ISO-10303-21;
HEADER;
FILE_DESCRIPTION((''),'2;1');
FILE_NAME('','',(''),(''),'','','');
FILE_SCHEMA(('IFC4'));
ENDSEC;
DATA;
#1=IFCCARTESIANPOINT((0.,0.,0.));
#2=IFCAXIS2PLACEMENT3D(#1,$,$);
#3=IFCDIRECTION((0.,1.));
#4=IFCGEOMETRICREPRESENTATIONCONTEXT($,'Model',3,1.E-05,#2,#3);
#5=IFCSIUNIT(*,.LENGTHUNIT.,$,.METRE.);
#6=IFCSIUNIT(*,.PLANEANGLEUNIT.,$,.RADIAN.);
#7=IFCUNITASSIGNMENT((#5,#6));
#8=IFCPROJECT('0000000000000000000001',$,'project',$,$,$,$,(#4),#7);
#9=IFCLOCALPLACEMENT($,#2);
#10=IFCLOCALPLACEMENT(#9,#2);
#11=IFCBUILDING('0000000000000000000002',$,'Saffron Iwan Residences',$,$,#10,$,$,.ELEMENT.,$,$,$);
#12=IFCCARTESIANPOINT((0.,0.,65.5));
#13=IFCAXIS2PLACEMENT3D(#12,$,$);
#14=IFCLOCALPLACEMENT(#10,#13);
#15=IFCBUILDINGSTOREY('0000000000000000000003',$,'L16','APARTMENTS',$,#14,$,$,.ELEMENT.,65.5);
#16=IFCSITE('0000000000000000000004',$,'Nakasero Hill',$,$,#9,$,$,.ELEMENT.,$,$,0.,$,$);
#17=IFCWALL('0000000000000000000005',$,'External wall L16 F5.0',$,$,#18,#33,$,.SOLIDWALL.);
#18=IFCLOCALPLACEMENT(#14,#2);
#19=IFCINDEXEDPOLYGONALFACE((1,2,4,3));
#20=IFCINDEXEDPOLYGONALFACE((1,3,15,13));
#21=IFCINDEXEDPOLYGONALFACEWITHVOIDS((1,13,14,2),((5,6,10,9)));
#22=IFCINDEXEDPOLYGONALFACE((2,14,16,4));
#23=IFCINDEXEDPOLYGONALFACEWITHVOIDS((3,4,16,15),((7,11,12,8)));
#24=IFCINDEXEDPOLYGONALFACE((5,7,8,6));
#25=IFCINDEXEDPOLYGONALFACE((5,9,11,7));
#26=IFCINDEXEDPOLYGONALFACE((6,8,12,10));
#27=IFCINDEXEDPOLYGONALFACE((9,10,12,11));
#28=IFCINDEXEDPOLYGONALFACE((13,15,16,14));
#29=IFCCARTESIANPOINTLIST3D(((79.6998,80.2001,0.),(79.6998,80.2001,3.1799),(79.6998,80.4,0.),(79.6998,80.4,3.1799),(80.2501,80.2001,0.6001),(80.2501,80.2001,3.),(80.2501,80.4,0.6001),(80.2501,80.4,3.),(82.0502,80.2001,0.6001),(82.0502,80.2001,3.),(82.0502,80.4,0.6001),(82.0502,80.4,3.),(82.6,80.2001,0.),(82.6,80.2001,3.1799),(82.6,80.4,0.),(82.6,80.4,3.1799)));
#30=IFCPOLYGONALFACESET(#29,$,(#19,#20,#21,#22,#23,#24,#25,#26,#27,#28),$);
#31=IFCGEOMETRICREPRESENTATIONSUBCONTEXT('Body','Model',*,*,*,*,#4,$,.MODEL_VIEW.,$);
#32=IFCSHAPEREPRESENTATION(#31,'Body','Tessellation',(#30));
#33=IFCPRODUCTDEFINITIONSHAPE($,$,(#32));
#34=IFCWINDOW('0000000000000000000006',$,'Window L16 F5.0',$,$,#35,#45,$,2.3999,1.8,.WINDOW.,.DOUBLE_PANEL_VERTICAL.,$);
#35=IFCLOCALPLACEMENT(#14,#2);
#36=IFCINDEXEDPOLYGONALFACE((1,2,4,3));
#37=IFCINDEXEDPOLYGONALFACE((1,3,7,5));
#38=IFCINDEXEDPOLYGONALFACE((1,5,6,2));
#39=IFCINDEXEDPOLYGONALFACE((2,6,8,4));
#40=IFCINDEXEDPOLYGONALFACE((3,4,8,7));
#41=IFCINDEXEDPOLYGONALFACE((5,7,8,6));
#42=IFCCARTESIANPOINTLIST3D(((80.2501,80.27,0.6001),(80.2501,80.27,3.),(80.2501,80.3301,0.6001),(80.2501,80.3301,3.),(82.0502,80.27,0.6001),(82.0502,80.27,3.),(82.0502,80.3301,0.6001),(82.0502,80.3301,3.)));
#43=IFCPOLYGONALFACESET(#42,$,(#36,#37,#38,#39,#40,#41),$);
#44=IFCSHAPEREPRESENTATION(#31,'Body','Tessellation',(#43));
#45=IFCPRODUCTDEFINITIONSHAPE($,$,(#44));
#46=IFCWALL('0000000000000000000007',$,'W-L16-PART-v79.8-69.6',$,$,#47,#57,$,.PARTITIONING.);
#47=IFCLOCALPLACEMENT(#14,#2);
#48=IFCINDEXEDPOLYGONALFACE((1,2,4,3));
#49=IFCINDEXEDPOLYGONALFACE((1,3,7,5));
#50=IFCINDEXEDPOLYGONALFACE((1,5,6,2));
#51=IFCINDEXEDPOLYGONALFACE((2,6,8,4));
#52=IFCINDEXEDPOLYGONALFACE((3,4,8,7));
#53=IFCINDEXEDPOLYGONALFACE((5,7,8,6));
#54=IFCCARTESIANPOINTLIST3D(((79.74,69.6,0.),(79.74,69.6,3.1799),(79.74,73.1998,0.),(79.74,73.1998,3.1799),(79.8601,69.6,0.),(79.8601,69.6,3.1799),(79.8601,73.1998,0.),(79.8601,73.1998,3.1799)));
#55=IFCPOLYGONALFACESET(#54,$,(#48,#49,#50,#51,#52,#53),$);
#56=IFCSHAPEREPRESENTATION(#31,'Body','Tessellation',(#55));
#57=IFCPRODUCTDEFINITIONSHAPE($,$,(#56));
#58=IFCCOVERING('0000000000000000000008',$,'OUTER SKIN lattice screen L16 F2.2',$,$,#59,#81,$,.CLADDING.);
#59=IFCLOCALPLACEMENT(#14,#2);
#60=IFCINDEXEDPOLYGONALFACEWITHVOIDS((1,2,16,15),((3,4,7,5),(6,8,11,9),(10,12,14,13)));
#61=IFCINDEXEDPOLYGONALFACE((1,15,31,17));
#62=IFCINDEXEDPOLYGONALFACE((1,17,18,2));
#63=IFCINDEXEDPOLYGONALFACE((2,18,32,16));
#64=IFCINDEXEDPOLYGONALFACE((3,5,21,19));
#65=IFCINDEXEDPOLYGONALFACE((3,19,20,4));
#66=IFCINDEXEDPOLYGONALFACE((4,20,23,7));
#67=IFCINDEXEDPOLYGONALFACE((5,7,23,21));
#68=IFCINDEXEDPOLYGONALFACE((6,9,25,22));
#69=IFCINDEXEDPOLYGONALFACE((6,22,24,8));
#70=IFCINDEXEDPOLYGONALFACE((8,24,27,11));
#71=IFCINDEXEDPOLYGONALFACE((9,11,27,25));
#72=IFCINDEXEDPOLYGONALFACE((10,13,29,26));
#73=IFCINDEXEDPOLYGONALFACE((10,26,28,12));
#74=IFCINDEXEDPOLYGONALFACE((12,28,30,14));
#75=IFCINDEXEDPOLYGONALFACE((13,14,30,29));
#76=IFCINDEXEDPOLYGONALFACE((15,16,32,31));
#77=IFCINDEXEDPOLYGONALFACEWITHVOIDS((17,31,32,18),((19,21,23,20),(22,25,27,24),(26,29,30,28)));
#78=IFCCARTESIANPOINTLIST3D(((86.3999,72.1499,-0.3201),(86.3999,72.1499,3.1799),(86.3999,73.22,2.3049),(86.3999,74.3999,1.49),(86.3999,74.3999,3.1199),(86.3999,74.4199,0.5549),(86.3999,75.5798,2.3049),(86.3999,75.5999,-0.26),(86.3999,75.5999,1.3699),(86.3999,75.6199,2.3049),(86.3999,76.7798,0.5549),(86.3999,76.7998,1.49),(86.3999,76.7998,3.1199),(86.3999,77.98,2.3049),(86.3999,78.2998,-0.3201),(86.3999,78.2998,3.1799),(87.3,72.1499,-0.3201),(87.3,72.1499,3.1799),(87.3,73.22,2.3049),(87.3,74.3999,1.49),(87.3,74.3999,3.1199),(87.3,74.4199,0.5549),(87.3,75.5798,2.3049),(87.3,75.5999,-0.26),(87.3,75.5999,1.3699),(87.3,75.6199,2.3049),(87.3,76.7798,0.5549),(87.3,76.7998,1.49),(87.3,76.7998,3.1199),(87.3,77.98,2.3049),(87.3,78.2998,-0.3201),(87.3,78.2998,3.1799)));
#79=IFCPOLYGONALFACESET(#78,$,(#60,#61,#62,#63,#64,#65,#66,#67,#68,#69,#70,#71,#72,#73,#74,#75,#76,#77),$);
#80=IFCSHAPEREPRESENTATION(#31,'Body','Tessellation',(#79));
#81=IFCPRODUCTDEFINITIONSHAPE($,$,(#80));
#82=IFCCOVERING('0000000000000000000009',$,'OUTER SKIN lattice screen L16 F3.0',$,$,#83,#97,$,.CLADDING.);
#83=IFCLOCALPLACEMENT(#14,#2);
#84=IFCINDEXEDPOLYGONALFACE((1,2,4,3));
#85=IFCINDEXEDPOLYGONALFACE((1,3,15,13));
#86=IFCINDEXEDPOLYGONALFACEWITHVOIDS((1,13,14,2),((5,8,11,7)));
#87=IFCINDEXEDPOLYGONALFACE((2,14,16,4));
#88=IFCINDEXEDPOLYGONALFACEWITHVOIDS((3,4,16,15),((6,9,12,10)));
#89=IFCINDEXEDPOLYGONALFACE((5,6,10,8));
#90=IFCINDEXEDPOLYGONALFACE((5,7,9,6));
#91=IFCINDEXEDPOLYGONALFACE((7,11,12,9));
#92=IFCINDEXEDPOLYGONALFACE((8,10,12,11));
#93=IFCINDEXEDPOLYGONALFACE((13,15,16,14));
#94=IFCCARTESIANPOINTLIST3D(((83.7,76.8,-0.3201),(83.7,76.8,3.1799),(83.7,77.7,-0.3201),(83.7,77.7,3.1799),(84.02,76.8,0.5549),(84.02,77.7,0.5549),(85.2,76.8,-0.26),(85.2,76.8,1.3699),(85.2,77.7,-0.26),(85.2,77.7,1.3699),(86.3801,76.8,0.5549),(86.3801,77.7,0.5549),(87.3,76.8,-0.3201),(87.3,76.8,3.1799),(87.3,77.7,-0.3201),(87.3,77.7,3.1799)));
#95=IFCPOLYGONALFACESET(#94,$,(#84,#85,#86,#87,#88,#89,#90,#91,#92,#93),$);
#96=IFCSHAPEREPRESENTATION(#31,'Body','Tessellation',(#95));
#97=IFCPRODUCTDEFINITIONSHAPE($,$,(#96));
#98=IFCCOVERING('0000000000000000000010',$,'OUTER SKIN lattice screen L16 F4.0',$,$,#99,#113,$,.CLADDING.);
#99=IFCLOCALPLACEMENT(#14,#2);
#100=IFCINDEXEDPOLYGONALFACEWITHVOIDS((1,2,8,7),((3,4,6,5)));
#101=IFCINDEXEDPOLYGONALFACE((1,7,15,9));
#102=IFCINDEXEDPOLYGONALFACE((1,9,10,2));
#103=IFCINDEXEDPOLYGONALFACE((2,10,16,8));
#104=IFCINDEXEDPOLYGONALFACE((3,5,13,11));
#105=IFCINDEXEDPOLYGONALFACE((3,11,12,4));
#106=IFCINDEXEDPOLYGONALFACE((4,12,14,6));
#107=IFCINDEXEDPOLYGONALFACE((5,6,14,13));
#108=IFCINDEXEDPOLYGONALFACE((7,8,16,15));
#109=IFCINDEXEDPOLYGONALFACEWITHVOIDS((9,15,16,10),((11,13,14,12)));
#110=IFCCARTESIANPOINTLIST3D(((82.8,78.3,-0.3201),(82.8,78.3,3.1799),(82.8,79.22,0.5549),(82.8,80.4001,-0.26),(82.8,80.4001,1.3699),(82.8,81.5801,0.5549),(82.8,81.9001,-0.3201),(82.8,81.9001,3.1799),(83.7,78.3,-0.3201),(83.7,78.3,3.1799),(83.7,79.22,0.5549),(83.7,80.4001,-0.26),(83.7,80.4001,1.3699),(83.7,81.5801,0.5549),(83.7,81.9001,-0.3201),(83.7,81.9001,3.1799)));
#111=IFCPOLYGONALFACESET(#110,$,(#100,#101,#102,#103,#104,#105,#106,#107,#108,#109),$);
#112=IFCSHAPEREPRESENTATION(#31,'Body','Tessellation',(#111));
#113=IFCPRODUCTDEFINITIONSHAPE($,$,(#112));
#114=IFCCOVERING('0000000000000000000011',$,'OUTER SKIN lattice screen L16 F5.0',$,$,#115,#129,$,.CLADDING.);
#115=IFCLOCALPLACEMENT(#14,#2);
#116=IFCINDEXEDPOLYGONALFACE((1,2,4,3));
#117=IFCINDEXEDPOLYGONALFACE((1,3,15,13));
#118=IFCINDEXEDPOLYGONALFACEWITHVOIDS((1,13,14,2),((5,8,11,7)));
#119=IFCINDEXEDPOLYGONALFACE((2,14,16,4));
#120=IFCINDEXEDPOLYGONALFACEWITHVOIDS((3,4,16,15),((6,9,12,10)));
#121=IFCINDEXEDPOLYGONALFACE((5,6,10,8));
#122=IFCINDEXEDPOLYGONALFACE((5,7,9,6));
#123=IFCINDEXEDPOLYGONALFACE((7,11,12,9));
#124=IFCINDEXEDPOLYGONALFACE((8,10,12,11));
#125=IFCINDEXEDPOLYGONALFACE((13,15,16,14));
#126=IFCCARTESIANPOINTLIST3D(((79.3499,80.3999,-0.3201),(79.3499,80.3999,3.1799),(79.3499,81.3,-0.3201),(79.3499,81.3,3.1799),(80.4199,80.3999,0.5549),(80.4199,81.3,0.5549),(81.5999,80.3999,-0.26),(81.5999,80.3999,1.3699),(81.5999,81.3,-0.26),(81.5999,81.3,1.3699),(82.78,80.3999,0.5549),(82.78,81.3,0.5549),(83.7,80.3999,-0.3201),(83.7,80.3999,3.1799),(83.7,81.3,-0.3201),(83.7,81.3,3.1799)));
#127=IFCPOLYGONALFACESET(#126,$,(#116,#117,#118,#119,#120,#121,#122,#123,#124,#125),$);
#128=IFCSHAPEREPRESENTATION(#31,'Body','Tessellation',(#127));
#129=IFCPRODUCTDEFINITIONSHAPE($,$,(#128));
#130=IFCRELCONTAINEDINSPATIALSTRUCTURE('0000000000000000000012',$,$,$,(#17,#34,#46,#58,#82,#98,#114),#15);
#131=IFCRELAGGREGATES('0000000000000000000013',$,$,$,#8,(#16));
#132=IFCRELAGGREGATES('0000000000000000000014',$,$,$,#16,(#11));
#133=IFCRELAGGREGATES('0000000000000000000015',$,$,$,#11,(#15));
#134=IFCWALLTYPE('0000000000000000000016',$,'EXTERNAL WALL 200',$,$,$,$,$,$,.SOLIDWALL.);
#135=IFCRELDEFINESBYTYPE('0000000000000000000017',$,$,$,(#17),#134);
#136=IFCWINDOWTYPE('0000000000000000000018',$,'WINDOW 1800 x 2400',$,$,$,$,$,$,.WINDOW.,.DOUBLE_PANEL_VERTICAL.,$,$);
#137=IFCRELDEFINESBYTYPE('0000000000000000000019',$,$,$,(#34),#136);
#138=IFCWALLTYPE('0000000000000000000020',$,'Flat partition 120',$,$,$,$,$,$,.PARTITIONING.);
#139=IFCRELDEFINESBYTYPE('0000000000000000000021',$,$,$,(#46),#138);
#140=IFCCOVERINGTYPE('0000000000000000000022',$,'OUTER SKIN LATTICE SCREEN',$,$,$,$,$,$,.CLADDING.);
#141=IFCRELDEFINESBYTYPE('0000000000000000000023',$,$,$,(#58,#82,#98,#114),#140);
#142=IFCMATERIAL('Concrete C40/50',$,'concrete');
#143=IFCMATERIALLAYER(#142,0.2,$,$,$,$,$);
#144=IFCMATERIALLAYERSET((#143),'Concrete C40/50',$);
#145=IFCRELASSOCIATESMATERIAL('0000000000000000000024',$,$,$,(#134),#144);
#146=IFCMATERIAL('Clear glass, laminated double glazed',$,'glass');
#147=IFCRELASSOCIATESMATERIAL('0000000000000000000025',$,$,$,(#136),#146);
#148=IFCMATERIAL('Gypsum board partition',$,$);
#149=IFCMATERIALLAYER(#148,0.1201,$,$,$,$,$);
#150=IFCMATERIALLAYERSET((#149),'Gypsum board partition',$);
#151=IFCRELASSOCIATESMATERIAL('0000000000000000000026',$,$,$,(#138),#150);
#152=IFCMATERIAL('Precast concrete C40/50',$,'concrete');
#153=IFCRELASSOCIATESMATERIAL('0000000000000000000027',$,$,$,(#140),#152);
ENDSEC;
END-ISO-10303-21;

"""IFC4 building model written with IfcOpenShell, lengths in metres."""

from ifc_helpers import new_model, si_unit, direction, frame, frame_2d, origin, place, context, subcontext, project, spatial, polyline, rectangle, outline, extrude, material, layer, layer_set, type_object, element, fill, save


model = new_model("IFC4")

# Units and contexts
model_context = context("Model", 3, precision=1e-05, world=origin(), true_north=direction((0.0, 1.0)))
body_context = subcontext(model_context, "Body", "Model", "MODEL_VIEW")
ifc_project = project(units=[si_unit("LENGTHUNIT", "METRE"), si_unit("PLANEANGLEUNIT", "RADIAN")], contexts=[model_context])

# Site, building, storey
site_placement = place(None, origin())
site = spatial("IfcSite", under=ifc_project, at=site_placement, Name="Nakasero Hill", CompositionType="ELEMENT", RefElevation=0.0)
building_placement = place(site_placement, origin())
building = spatial("IfcBuilding", under=site, at=building_placement, Name="Saffron Iwan Residences", CompositionType="ELEMENT")
storey_placement = place(building_placement, frame((0.0, 0.0, 65.5)))
storey = spatial("IfcBuildingStorey", under=building, at=storey_placement, Name="L16", Description="APARTMENTS", CompositionType="ELEMENT", Elevation=65.5)

# Shared definitions
ifc_material_1 = material(Name="Concrete C40/50", Category="concrete")
ifc_layer_1 = layer(ifc_material_1, 0.2)
ifc_layer_set_1 = layer_set([ifc_layer_1], Name="Concrete C40/50")
wall_type_1 = type_object("IfcWallType", Name="EXTERNAL WALL 200", PredefinedType="SOLIDWALL", material=ifc_layer_set_1)
ifc_material_2 = material(Name="Clear glass, laminated double glazed", Category="glass")
window_type_1 = type_object("IfcWindowType", Name="WINDOW 1800 x 2400", PartitioningType="DOUBLE_PANEL_VERTICAL", PredefinedType="WINDOW", material=ifc_material_2)

# Wall, opening, window
wall_1_placement = place(storey_placement, frame((82.6001, 80.3, 0.0), z_axis=(0.0, 0.0, 1.0), x_axis=(-1.0, 0.0, 0.0)))
wall_1 = element("IfcWall", 1, at=wall_1_placement, inside=storey, type_object=wall_type_1, Name="External wall L16 F5.0", PredefinedType="SOLIDWALL", context=body_context, shape_type="SweptSolid", body=[
    extrude(rectangle(XDim=2.9001, YDim=0.2, at=frame_2d((1.4502, 0.0))), origin(), (0.0, 0.0, 1.0), 3.1799),
])
opening_1_placement = place(wall_1_placement, frame((0.55, 0.0, 0.6001)))
opening_1 = element("IfcOpeningElement", 2, at=opening_1_placement, cuts=wall_1, PredefinedType="OPENING", context=body_context, shape_type="SweptSolid", body=[
    extrude(rectangle(XDim=1.8, YDim=2.3999, at=frame_2d((0.8999, 1.2))), frame((0.0, 0.1099, 0.0), z_axis=(0.0, -1.0, 0.0), x_axis=(1.0, 0.0, 0.0)), (0.0, 0.0, 1.0), 0.22),
])
window_1_placement = place(opening_1_placement, origin())
window_1 = element("IfcWindow", 3, at=window_1_placement, inside=storey, type_object=window_type_1, Name="Window L16 F5.0", OverallHeight=2.3999, OverallWidth=1.8, PartitioningType="DOUBLE_PANEL_VERTICAL", PredefinedType="WINDOW", context=body_context, shape_type="SweptSolid", body=[
    extrude(rectangle(XDim=1.8, YDim=2.3999, at=frame_2d((0.8999, 1.2))), frame((0.0, 0.03, 0.0), z_axis=(0.0, -1.0, 0.0), x_axis=(1.0, 0.0, 0.0)), (0.0, 0.0, 1.0), 0.0601),
])
fill(opening_1, window_1)

# Wall
ifc_material_3 = material(Name="Gypsum board partition")
ifc_layer_2 = layer(ifc_material_3, 0.1201)
ifc_layer_set_2 = layer_set([ifc_layer_2], Name="Gypsum board partition")
wall_type_2 = type_object("IfcWallType", Name="Flat partition 120", PredefinedType="PARTITIONING", material=ifc_layer_set_2)
wall_2_placement = place(storey_placement, frame((79.8, 69.6001, 0.0), z_axis=(0.0, 0.0, 1.0), x_axis=(0.0, 1.0, 0.0)))
element("IfcWall", 4, at=wall_2_placement, inside=storey, type_object=wall_type_2, Name="W-L16-PART-v79.8-69.6", PredefinedType="PARTITIONING", context=body_context, shape_type="SweptSolid", body=[
    extrude(rectangle(XDim=3.5999, YDim=0.1201, at=frame_2d((1.7998, 0.0))), origin(), (0.0, 0.0, 1.0), 3.1799),
])

# Coverings
ifc_material_4 = material(Name="Precast concrete C40/50", Category="concrete")
covering_type = type_object("IfcCoveringType", Name="OUTER SKIN LATTICE SCREEN", PredefinedType="CLADDING", material=ifc_material_4)
covering_1_placement = place(storey_placement, frame((86.3999, 72.1499, -0.3201), z_axis=(1.0, 0.0, 0.0), x_axis=(0.0, 1.0, 0.0)))
element("IfcCovering", 5, at=covering_1_placement, inside=storey, type_object=covering_type, Name="OUTER SKIN lattice screen L16 F2.2", PredefinedType="CLADDING", context=body_context, shape_type="SweptSolid", body=[
    extrude(outline(polyline([(0.0, 0.0), (6.1499, 0.0), (6.1499, 3.5), (0.0, 3.5), (0.0, 0.0)]), holes=[polyline([(2.27, 0.875), (3.45, 0.0601), (4.6299, 0.875), (3.45, 1.6899), (2.27, 0.875)]), polyline([(1.0701, 2.625), (2.25, 1.8101), (3.4299, 2.625), (2.25, 3.4399), (1.0701, 2.625)]), polyline([(3.47, 2.625), (4.6499, 1.8101), (5.8301, 2.625), (4.6499, 3.4399), (3.47, 2.625)])]), origin(), (0.0, 0.0, 1.0), 0.9001),
])
for number, where, z_axis, x_axis, name in (
    (6, (87.3, 76.8, -0.3201), (0.0, 1.0, 0.0), (-1.0, 0.0, 0.0), "OUTER SKIN lattice screen L16 F3.0"),
    (7, (82.8, 78.3, -0.3201), (1.0, 0.0, 0.0), (0.0, 1.0, 0.0), "OUTER SKIN lattice screen L16 F4.0"),
):
    element("IfcCovering", number, at=place(storey_placement, frame(where, z_axis=z_axis, x_axis=x_axis)), inside=storey, type_object=covering_type, Name=name, PredefinedType="CLADDING", context=body_context, shape_type="SweptSolid", body=[
        extrude(outline(polyline([(0.0, 0.0), (3.6001, 0.0), (3.6001, 3.5), (0.0, 3.5), (0.0, 0.0)]), holes=[polyline([(0.9199, 0.875), (2.1001, 0.0601), (3.28, 0.875), (2.1001, 1.6899), (0.9199, 0.875)])]), origin(), (0.0, 0.0, 1.0), 0.8999),
    ])
covering_2_placement = place(storey_placement, frame((83.7, 80.3999, -0.3201), z_axis=(0.0, 1.0, 0.0), x_axis=(-1.0, 0.0, 0.0)))
element("IfcCovering", 8, at=covering_2_placement, inside=storey, type_object=covering_type, Name="OUTER SKIN lattice screen L16 F5.0", PredefinedType="CLADDING", context=body_context, shape_type="SweptSolid", body=[
    extrude(outline(polyline([(0.0, 0.0), (4.3501, 0.0), (4.3501, 3.5), (0.0, 3.5), (0.0, 0.0)]), holes=[polyline([(0.9199, 0.875), (2.1001, 0.0601), (3.28, 0.875), (2.1001, 1.6899), (0.9199, 0.875)])]), origin(), (0.0, 0.0, 1.0), 0.9001),
])

save(model, "model.ifc")
